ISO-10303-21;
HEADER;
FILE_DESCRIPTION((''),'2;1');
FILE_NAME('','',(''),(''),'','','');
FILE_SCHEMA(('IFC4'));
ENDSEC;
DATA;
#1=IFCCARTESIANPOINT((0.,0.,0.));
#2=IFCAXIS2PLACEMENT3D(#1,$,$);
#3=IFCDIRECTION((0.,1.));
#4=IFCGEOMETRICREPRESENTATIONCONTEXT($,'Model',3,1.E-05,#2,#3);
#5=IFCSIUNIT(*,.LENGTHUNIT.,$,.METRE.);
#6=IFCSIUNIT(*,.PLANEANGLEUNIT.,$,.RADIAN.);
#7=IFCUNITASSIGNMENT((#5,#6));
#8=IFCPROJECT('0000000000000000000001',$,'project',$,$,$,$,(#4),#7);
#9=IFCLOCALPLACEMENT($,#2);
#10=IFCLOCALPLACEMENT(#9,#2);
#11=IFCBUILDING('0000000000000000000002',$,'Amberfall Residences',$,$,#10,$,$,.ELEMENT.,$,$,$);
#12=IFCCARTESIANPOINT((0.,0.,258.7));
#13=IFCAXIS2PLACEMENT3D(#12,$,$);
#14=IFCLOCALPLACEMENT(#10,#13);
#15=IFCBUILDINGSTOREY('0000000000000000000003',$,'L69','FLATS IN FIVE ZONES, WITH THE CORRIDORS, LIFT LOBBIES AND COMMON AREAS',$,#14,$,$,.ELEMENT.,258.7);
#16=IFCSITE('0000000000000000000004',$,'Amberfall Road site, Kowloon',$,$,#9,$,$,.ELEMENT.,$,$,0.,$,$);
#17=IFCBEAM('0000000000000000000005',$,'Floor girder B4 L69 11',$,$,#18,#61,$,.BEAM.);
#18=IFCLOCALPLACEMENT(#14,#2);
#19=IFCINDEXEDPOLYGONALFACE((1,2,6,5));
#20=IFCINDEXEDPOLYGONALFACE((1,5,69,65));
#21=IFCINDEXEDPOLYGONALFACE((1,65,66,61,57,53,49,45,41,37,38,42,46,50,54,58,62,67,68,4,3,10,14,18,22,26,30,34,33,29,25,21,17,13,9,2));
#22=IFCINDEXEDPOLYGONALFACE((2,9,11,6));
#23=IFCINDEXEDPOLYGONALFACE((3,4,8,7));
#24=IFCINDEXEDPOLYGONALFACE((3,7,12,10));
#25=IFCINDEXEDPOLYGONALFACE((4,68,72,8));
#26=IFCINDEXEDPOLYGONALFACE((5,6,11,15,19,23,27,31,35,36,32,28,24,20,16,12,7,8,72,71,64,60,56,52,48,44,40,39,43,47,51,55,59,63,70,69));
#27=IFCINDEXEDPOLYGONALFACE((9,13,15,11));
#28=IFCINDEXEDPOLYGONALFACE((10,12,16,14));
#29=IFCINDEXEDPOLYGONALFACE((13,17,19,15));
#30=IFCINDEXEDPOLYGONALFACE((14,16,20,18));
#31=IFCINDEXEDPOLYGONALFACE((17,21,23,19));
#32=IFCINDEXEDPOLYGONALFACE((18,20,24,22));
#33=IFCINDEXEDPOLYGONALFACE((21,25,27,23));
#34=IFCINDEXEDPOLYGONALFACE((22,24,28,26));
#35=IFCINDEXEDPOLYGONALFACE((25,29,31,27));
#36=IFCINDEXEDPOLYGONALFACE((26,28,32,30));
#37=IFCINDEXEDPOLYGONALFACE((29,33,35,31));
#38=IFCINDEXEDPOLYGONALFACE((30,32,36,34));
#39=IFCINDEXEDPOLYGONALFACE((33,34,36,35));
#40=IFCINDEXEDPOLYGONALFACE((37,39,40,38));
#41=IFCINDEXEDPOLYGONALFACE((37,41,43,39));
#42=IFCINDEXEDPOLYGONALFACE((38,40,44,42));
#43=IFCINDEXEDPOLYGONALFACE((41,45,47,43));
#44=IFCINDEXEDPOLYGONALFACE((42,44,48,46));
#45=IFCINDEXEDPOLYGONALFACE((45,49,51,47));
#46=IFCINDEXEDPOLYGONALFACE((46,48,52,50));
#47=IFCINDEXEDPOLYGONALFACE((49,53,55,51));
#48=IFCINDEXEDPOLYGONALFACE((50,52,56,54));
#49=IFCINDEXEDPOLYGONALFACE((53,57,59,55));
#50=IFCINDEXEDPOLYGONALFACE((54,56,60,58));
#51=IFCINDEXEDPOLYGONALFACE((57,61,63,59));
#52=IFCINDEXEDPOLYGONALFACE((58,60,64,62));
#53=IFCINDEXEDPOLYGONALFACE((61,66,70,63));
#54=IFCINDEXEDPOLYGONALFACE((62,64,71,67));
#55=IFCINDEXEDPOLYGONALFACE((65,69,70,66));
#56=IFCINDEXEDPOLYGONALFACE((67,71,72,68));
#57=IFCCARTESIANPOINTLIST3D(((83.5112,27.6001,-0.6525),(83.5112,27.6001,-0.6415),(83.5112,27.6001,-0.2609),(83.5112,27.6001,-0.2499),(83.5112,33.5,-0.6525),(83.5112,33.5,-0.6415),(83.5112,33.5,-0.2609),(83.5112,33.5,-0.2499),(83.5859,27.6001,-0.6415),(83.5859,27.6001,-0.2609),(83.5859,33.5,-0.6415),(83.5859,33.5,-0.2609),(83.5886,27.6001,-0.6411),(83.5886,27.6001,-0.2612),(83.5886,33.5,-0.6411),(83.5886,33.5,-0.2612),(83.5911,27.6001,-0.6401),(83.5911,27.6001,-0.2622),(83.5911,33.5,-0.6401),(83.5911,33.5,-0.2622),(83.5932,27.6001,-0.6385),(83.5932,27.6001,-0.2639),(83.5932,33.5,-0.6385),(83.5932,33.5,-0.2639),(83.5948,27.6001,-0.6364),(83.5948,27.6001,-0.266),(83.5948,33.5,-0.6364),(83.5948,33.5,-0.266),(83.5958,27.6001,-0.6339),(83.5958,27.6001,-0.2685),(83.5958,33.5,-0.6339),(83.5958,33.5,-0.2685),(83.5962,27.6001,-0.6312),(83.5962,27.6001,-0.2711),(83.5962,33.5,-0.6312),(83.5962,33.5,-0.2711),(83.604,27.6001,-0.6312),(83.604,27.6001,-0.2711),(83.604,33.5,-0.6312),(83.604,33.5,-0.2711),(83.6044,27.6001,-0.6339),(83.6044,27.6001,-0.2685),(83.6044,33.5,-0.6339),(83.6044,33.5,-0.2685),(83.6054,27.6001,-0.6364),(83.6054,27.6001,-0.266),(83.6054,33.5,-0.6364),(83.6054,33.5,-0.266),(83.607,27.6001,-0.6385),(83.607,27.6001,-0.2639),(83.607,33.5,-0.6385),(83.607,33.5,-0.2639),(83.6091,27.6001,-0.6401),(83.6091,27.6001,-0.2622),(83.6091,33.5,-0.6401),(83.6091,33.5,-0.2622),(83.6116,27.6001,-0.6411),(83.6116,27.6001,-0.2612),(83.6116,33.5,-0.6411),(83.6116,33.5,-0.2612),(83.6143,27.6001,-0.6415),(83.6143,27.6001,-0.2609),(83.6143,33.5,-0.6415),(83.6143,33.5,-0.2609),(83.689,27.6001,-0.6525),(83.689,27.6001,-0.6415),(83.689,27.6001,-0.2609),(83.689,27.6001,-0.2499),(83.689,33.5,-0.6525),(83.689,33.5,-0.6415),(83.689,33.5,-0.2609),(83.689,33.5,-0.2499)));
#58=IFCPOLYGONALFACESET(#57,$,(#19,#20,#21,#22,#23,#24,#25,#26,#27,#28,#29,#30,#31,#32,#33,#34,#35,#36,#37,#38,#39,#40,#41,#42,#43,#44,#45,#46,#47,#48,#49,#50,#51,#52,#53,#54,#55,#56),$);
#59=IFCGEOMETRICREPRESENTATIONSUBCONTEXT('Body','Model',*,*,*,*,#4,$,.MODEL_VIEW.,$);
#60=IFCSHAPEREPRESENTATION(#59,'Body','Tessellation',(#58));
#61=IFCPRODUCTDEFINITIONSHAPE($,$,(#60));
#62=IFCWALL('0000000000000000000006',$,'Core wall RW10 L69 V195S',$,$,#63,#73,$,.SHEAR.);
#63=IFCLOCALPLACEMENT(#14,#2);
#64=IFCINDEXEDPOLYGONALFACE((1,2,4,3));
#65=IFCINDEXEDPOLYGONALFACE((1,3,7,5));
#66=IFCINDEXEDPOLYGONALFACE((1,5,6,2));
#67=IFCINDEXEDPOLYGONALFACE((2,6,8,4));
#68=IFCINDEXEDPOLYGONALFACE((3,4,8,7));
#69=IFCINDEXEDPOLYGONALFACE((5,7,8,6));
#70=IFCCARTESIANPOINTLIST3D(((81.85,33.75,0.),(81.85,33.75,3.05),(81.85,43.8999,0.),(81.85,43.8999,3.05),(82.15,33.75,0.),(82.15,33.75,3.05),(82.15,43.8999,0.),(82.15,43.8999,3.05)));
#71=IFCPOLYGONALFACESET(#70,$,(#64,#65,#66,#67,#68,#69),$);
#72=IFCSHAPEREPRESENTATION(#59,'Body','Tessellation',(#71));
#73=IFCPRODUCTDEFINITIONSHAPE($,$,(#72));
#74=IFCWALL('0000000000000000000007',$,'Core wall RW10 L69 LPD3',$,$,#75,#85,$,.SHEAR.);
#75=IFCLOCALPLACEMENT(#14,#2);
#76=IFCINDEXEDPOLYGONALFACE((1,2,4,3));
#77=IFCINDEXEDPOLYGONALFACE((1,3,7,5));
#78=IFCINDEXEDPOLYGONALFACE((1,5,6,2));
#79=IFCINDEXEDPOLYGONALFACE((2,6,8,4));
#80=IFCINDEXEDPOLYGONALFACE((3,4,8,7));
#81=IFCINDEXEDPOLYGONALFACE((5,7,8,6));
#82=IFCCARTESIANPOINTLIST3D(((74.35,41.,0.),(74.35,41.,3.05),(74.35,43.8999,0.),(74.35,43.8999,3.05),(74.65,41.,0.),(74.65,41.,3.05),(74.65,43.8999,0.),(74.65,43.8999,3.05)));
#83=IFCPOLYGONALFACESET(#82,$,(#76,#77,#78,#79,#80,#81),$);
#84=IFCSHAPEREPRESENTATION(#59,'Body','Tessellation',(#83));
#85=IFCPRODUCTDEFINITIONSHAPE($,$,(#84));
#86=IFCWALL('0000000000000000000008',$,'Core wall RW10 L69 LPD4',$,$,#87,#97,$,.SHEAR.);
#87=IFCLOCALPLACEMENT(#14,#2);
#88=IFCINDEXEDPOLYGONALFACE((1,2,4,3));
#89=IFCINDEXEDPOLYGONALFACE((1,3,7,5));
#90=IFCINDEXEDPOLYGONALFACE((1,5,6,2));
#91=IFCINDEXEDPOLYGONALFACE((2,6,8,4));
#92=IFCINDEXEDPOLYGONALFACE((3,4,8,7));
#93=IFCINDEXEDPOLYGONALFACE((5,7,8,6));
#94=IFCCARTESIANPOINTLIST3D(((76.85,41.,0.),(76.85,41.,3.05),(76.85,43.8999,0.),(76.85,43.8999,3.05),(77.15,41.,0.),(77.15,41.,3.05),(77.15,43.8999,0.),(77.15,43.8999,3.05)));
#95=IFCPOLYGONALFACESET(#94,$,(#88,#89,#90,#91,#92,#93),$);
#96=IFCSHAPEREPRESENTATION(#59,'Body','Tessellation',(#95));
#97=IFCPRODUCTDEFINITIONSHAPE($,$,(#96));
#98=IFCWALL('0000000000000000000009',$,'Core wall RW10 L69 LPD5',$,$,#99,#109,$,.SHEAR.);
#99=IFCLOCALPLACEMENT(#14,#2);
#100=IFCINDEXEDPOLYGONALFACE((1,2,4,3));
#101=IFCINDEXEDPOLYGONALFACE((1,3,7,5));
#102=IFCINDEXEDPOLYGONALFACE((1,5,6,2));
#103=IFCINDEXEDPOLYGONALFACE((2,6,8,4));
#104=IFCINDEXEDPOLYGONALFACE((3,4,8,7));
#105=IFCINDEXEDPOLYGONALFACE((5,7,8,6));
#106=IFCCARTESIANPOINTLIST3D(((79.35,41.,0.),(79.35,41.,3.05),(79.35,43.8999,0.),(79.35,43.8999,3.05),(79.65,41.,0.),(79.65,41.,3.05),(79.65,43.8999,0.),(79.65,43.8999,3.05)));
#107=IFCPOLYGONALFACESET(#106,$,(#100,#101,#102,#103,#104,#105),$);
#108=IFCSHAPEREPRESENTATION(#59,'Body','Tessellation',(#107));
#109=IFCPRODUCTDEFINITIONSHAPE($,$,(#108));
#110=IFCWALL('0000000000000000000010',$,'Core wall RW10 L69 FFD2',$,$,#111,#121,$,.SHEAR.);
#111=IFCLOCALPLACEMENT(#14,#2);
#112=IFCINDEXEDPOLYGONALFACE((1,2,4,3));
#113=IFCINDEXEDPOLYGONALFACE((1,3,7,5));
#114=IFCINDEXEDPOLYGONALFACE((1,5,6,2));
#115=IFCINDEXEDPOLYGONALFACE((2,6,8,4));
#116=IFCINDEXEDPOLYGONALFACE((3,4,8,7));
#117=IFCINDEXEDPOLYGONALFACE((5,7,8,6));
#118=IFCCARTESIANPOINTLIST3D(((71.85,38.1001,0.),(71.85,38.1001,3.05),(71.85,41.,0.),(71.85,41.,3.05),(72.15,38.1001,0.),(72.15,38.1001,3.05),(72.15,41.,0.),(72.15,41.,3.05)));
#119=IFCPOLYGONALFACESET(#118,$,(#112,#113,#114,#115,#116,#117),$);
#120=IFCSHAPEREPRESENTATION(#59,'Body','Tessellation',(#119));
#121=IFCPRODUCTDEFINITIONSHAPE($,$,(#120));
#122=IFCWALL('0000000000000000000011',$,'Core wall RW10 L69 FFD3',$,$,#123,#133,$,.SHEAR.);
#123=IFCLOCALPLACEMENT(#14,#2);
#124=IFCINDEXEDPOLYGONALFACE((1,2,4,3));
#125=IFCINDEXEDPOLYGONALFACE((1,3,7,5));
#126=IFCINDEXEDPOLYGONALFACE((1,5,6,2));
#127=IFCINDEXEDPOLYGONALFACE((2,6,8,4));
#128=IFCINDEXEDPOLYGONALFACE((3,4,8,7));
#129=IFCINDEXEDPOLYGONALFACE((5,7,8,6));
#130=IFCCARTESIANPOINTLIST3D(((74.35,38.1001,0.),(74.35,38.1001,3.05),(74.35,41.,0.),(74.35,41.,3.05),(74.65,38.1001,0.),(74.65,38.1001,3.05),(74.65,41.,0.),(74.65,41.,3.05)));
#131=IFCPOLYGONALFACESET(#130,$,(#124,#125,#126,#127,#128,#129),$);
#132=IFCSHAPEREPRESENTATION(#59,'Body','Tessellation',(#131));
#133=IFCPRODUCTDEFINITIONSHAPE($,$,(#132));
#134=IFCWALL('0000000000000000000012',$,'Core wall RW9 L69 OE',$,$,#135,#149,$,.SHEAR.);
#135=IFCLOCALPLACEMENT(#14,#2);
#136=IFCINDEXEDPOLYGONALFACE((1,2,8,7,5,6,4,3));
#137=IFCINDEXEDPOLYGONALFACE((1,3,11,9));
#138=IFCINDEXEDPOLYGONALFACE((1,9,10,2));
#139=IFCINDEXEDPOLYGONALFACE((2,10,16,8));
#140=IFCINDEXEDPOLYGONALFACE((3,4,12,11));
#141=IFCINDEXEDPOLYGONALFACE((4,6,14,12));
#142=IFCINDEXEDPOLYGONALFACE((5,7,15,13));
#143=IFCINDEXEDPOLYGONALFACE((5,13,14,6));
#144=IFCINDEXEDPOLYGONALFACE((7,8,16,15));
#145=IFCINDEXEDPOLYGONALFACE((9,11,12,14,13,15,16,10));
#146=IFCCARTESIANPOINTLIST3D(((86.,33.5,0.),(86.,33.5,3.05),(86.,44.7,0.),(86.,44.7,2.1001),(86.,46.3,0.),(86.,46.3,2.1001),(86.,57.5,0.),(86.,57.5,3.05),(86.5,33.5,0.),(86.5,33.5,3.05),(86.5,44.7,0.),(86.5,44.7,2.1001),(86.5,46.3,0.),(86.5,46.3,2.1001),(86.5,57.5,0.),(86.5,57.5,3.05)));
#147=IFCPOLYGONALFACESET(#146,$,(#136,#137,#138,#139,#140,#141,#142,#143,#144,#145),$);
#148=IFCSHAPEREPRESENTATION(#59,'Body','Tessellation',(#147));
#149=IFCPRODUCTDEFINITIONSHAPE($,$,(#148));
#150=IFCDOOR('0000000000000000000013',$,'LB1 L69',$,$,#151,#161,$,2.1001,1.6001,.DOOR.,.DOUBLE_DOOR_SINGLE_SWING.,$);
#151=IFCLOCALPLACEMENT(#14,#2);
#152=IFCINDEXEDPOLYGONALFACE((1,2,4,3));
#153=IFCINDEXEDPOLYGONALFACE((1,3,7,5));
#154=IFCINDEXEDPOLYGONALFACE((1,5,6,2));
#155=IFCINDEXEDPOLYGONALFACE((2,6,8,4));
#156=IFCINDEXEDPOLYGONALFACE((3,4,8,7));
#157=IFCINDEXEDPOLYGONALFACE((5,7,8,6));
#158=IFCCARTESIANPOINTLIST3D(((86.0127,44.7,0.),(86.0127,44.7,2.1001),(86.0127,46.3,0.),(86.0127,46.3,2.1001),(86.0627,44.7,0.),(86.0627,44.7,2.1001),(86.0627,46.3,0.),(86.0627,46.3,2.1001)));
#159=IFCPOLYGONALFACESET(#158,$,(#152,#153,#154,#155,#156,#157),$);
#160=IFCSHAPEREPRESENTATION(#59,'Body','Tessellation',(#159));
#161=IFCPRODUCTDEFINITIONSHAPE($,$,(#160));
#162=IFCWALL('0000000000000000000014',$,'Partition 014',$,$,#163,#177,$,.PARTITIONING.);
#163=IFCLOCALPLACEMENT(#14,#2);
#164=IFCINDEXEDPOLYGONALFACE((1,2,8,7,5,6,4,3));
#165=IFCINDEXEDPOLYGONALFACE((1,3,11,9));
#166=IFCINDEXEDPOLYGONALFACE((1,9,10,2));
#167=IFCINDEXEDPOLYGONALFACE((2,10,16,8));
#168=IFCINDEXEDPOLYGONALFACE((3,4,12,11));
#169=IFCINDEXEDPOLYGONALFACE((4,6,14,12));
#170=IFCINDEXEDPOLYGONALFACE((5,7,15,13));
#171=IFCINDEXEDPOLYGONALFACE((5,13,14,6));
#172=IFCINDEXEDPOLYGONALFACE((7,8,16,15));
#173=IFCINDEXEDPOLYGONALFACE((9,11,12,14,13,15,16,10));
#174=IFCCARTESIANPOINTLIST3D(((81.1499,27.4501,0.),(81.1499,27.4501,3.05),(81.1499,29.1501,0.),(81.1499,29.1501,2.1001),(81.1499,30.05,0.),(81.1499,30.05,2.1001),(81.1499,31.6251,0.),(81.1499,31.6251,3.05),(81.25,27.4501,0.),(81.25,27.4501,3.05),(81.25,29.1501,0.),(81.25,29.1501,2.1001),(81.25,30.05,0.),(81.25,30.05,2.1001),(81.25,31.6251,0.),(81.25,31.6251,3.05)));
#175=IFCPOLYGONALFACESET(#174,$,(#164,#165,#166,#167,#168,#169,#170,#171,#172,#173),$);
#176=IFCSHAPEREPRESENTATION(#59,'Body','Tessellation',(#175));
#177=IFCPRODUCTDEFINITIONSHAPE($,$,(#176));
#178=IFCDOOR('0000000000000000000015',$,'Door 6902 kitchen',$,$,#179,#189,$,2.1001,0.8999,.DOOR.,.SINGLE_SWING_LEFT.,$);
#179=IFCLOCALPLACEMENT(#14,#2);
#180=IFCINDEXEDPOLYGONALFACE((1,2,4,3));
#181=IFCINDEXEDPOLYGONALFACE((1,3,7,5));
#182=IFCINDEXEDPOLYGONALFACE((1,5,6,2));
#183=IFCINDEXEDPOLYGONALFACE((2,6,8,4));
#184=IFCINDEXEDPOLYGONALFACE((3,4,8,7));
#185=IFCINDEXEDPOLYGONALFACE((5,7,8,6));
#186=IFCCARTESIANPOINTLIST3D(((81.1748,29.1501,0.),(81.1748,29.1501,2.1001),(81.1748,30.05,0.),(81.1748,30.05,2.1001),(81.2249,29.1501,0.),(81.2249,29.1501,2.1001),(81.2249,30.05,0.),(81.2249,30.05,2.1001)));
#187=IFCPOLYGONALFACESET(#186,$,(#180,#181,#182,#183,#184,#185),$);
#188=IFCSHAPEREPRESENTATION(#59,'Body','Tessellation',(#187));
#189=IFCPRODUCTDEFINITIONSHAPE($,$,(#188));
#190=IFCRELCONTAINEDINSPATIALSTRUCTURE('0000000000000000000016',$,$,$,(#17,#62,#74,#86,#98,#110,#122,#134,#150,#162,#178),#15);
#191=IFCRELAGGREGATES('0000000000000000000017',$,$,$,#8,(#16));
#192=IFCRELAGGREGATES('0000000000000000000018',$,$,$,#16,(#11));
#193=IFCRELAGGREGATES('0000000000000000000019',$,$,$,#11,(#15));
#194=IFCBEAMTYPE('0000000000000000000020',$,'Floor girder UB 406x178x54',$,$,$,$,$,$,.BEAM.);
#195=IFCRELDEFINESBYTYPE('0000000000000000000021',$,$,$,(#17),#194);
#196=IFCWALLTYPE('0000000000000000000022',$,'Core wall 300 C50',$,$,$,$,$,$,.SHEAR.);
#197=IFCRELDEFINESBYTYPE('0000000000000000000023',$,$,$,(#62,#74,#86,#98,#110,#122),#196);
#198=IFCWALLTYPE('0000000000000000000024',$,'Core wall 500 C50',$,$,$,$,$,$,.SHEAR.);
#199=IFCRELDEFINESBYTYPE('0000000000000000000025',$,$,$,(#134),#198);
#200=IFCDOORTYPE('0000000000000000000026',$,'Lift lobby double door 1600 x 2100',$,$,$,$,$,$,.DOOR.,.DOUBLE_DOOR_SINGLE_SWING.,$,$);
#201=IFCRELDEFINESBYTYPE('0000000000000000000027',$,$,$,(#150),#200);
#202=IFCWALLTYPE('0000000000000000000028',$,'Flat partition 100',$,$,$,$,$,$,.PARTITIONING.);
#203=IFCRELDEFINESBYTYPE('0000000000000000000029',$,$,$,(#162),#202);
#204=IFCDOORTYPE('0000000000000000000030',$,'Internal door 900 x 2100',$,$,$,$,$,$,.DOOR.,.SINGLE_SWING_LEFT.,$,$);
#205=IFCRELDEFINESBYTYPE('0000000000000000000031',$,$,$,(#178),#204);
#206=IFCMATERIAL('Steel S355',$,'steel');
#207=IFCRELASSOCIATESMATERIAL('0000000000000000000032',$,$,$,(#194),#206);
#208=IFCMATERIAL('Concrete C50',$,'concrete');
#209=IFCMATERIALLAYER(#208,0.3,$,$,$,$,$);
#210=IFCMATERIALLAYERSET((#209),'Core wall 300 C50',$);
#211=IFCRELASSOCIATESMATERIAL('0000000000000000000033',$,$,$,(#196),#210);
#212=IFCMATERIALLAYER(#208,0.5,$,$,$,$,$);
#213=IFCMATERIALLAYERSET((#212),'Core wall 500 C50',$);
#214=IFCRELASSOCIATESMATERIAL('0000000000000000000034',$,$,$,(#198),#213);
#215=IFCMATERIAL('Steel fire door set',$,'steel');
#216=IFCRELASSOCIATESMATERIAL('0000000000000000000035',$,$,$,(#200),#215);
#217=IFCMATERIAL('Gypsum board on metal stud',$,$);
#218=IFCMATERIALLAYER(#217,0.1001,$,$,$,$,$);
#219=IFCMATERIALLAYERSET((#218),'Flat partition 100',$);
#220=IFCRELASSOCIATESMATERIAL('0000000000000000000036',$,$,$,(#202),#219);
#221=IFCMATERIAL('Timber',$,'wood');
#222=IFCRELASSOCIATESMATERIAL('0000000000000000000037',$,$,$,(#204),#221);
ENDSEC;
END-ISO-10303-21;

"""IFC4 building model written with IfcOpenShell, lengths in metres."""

from ifc_helpers import new_model, si_unit, direction, frame, frame_2d, origin, origin_2d, place, context, subcontext, project, spatial, rectangle, i_section, extrude, material, layer, layer_set, material_profile, profile_set, type_object, element, fill, save


model = new_model("IFC4")

# Units and contexts
model_context = context("Model", 3, precision=1e-05, world=origin(), true_north=direction((0.0, 1.0)))
body_context = subcontext(model_context, "Body", "Model", "MODEL_VIEW")
ifc_project = project(units=[si_unit("LENGTHUNIT", "METRE"), si_unit("PLANEANGLEUNIT", "RADIAN")], contexts=[model_context])

# Site, building, storey
site_placement = place(None, origin())
site = spatial("IfcSite", under=ifc_project, at=site_placement, Name="Amberfall Road site, Kowloon", CompositionType="ELEMENT", RefElevation=0.0)
building_placement = place(site_placement, origin())
building = spatial("IfcBuilding", under=site, at=building_placement, Name="Amberfall Residences", CompositionType="ELEMENT")
storey_placement = place(building_placement, frame((0.0, 0.0, 258.7)))
storey = spatial("IfcBuildingStorey", under=building, at=storey_placement, Name="L69", Description="FLATS IN FIVE ZONES, WITH THE CORRIDORS, LIFT LOBBIES AND COMMON AREAS", CompositionType="ELEMENT", Elevation=258.7)

# Beam
ifc_material_1 = material(Name="Steel S355", Category="steel")
ifc_material_profile = material_profile(ifc_material_1, i_section(OverallWidth=0.1777, OverallDepth=0.4026, WebThickness=0.0078, FlangeThickness=0.011, FilletRadius=0.0103, at=origin_2d()), Name="UB 406x178x54")
ifc_profile_set = profile_set([ifc_material_profile], Name="Steel S355")
beam_type = type_object("IfcBeamType", Name="Floor girder UB 406x178x54", PredefinedType="BEAM", material=ifc_profile_set)
beam_placement = place(storey_placement, frame((83.6001, 27.6001, -0.4512), z_axis=(0.0, 1.0, 0.0), x_axis=(-1.0, 0.0, 0.0)))
element("IfcBeam", 1, at=beam_placement, inside=storey, type_object=beam_type, Name="Floor girder B4 L69 11", PredefinedType="BEAM", context=body_context, shape_type="SweptSolid", body=[
    extrude(i_section(OverallWidth=0.1777, OverallDepth=0.4026, WebThickness=0.0078, FlangeThickness=0.011, FilletRadius=0.0103, at=origin_2d()), origin(), (0.0, 0.0, 1.0), 5.8999),
])

# Walls
ifc_material_2 = material(Name="Concrete C50", Category="concrete")
ifc_layer_1 = layer(ifc_material_2, 0.3)
ifc_layer_set_1 = layer_set([ifc_layer_1], Name="Core wall 300 C50")
wall_type_1 = type_object("IfcWallType", Name="Core wall 300 C50", PredefinedType="SHEAR", material=ifc_layer_set_1)
wall_1_placement = place(storey_placement, frame((82.0, 33.75, 0.0), z_axis=(0.0, 0.0, 1.0), x_axis=(0.0, 1.0, 0.0)))
element("IfcWall", 2, at=wall_1_placement, inside=storey, type_object=wall_type_1, Name="Core wall RW10 L69 V195S", PredefinedType="SHEAR", context=body_context, shape_type="SweptSolid", body=[
    extrude(rectangle(XDim=10.1499, YDim=0.3, at=frame_2d((5.075, 0.0))), origin(), (0.0, 0.0, 1.0), 3.05),
])
for number, where, z_axis, x_axis, name in (
    (3, (74.5, 41.0, 0.0), (0.0, 0.0, 1.0), (0.0, 1.0, 0.0), "Core wall RW10 L69 LPD3"),
    (4, (77.0, 41.0, 0.0), (0.0, 0.0, 1.0), (0.0, 1.0, 0.0), "Core wall RW10 L69 LPD4"),
    (5, (79.5, 41.0, 0.0), (0.0, 0.0, 1.0), (0.0, 1.0, 0.0), "Core wall RW10 L69 LPD5"),
    (6, (72.0, 38.1001, 0.0), (0.0, 0.0, 1.0), (0.0, 1.0, 0.0), "Core wall RW10 L69 FFD2"),
    (7, (74.5, 38.1001, 0.0), (0.0, 0.0, 1.0), (0.0, 1.0, 0.0), "Core wall RW10 L69 FFD3"),
):
    element("IfcWall", number, at=place(storey_placement, frame(where, z_axis=z_axis, x_axis=x_axis)), inside=storey, type_object=wall_type_1, Name=name, PredefinedType="SHEAR", context=body_context, shape_type="SweptSolid", body=[
        extrude(rectangle(XDim=2.8999, YDim=0.3, at=frame_2d((1.45, 0.0))), origin(), (0.0, 0.0, 1.0), 3.05),
    ])

# Walls, openings, doors
ifc_layer_2 = layer(ifc_material_2, 0.5)
ifc_layer_set_2 = layer_set([ifc_layer_2], Name="Core wall 500 C50")
wall_type_2 = type_object("IfcWallType", Name="Core wall 500 C50", PredefinedType="SHEAR", material=ifc_layer_set_2)
wall_2_placement = place(storey_placement, frame((86.25, 33.5, 0.0), z_axis=(0.0, 0.0, 1.0), x_axis=(0.0, 1.0, 0.0)))
wall_2 = element("IfcWall", 8, at=wall_2_placement, inside=storey, type_object=wall_type_2, Name="Core wall RW9 L69 OE", PredefinedType="SHEAR", context=body_context, shape_type="SweptSolid", body=[
    extrude(rectangle(XDim=24.0, YDim=0.5, at=frame_2d((12.0, 0.0))), origin(), (0.0, 0.0, 1.0), 3.05),
])
opening_1_placement = place(wall_2_placement, frame((11.2, 0.0, 0.0)))
opening_1 = element("IfcOpeningElement", 9, at=opening_1_placement, cuts=wall_2, PredefinedType="OPENING", context=body_context, shape_type="SweptSolid", body=[
    extrude(rectangle(XDim=1.6001, YDim=2.1001, at=frame_2d((0.8, 1.05))), frame((0.0, 0.26, 0.0), z_axis=(0.0, -1.0, 0.0), x_axis=(1.0, 0.0, 0.0)), (0.0, 0.0, 1.0), 0.52),
])
ifc_material_3 = material(Name="Steel fire door set", Category="steel")
door_type_1 = type_object("IfcDoorType", Name="Lift lobby double door 1600 x 2100", OperationType="DOUBLE_DOOR_SINGLE_SWING", PredefinedType="DOOR", material=ifc_material_3)
door_1_placement = place(opening_1_placement, origin())
door_1 = element("IfcDoor", 10, at=door_1_placement, inside=storey, type_object=door_type_1, Name="LB1 L69", OperationType="DOUBLE_DOOR_SINGLE_SWING", OverallHeight=2.1001, OverallWidth=1.6001, PredefinedType="DOOR", context=body_context, shape_type="SweptSolid", body=[
    extrude(rectangle(XDim=1.6001, YDim=2.1001, at=frame_2d((0.8, 1.05))), frame((0.0, 0.2373, 0.0), z_axis=(0.0, -1.0, 0.0), x_axis=(1.0, 0.0, 0.0)), (0.0, 0.0, 1.0), 0.05),
])
fill(opening_1, door_1)
ifc_material_4 = material(Name="Gypsum board on metal stud")
ifc_layer_3 = layer(ifc_material_4, 0.1001)
ifc_layer_set_3 = layer_set([ifc_layer_3], Name="Flat partition 100")
wall_type_3 = type_object("IfcWallType", Name="Flat partition 100", PredefinedType="PARTITIONING", material=ifc_layer_set_3)
wall_3_placement = place(storey_placement, frame((81.2, 31.625, 0.0), z_axis=(0.0, 0.0, 1.0), x_axis=(0.0, -1.0, 0.0)))
wall_3 = element("IfcWall", 11, at=wall_3_placement, inside=storey, type_object=wall_type_3, Name="Partition 014", PredefinedType="PARTITIONING", context=body_context, shape_type="SweptSolid", body=[
    extrude(rectangle(XDim=4.175, YDim=0.1001, at=frame_2d((2.0874, 0.0))), origin(), (0.0, 0.0, 1.0), 3.05),
])
opening_2_placement = place(wall_3_placement, frame((1.575, 0.0, 0.0)))
opening_2 = element("IfcOpeningElement", 12, at=opening_2_placement, cuts=wall_3, PredefinedType="OPENING", context=body_context, shape_type="SweptSolid", body=[
    extrude(rectangle(XDim=0.8999, YDim=2.1001, at=frame_2d((0.45, 1.05))), frame((0.0, 0.0601, 0.0), z_axis=(0.0, -1.0, 0.0), x_axis=(1.0, 0.0, 0.0)), (0.0, 0.0, 1.0), 0.1201),
])
ifc_material_5 = material(Name="Timber", Category="wood")
door_type_2 = type_object("IfcDoorType", Name="Internal door 900 x 2100", OperationType="SINGLE_SWING_LEFT", PredefinedType="DOOR", material=ifc_material_5)
door_2_placement = place(opening_2_placement, origin())
door_2 = element("IfcDoor", 13, at=door_2_placement, inside=storey, type_object=door_type_2, Name="Door 6902 kitchen", OperationType="SINGLE_SWING_LEFT", OverallHeight=2.1001, OverallWidth=0.8999, PredefinedType="DOOR", context=body_context, shape_type="SweptSolid", body=[
    extrude(rectangle(XDim=0.8999, YDim=2.1001, at=frame_2d((0.45, 1.05))), frame((0.0, 0.0249, 0.0), z_axis=(0.0, -1.0, 0.0), x_axis=(1.0, 0.0, 0.0)), (0.0, 0.0, 1.0), 0.05),
])
fill(opening_2, door_2)

save(model, "model.ifc")
